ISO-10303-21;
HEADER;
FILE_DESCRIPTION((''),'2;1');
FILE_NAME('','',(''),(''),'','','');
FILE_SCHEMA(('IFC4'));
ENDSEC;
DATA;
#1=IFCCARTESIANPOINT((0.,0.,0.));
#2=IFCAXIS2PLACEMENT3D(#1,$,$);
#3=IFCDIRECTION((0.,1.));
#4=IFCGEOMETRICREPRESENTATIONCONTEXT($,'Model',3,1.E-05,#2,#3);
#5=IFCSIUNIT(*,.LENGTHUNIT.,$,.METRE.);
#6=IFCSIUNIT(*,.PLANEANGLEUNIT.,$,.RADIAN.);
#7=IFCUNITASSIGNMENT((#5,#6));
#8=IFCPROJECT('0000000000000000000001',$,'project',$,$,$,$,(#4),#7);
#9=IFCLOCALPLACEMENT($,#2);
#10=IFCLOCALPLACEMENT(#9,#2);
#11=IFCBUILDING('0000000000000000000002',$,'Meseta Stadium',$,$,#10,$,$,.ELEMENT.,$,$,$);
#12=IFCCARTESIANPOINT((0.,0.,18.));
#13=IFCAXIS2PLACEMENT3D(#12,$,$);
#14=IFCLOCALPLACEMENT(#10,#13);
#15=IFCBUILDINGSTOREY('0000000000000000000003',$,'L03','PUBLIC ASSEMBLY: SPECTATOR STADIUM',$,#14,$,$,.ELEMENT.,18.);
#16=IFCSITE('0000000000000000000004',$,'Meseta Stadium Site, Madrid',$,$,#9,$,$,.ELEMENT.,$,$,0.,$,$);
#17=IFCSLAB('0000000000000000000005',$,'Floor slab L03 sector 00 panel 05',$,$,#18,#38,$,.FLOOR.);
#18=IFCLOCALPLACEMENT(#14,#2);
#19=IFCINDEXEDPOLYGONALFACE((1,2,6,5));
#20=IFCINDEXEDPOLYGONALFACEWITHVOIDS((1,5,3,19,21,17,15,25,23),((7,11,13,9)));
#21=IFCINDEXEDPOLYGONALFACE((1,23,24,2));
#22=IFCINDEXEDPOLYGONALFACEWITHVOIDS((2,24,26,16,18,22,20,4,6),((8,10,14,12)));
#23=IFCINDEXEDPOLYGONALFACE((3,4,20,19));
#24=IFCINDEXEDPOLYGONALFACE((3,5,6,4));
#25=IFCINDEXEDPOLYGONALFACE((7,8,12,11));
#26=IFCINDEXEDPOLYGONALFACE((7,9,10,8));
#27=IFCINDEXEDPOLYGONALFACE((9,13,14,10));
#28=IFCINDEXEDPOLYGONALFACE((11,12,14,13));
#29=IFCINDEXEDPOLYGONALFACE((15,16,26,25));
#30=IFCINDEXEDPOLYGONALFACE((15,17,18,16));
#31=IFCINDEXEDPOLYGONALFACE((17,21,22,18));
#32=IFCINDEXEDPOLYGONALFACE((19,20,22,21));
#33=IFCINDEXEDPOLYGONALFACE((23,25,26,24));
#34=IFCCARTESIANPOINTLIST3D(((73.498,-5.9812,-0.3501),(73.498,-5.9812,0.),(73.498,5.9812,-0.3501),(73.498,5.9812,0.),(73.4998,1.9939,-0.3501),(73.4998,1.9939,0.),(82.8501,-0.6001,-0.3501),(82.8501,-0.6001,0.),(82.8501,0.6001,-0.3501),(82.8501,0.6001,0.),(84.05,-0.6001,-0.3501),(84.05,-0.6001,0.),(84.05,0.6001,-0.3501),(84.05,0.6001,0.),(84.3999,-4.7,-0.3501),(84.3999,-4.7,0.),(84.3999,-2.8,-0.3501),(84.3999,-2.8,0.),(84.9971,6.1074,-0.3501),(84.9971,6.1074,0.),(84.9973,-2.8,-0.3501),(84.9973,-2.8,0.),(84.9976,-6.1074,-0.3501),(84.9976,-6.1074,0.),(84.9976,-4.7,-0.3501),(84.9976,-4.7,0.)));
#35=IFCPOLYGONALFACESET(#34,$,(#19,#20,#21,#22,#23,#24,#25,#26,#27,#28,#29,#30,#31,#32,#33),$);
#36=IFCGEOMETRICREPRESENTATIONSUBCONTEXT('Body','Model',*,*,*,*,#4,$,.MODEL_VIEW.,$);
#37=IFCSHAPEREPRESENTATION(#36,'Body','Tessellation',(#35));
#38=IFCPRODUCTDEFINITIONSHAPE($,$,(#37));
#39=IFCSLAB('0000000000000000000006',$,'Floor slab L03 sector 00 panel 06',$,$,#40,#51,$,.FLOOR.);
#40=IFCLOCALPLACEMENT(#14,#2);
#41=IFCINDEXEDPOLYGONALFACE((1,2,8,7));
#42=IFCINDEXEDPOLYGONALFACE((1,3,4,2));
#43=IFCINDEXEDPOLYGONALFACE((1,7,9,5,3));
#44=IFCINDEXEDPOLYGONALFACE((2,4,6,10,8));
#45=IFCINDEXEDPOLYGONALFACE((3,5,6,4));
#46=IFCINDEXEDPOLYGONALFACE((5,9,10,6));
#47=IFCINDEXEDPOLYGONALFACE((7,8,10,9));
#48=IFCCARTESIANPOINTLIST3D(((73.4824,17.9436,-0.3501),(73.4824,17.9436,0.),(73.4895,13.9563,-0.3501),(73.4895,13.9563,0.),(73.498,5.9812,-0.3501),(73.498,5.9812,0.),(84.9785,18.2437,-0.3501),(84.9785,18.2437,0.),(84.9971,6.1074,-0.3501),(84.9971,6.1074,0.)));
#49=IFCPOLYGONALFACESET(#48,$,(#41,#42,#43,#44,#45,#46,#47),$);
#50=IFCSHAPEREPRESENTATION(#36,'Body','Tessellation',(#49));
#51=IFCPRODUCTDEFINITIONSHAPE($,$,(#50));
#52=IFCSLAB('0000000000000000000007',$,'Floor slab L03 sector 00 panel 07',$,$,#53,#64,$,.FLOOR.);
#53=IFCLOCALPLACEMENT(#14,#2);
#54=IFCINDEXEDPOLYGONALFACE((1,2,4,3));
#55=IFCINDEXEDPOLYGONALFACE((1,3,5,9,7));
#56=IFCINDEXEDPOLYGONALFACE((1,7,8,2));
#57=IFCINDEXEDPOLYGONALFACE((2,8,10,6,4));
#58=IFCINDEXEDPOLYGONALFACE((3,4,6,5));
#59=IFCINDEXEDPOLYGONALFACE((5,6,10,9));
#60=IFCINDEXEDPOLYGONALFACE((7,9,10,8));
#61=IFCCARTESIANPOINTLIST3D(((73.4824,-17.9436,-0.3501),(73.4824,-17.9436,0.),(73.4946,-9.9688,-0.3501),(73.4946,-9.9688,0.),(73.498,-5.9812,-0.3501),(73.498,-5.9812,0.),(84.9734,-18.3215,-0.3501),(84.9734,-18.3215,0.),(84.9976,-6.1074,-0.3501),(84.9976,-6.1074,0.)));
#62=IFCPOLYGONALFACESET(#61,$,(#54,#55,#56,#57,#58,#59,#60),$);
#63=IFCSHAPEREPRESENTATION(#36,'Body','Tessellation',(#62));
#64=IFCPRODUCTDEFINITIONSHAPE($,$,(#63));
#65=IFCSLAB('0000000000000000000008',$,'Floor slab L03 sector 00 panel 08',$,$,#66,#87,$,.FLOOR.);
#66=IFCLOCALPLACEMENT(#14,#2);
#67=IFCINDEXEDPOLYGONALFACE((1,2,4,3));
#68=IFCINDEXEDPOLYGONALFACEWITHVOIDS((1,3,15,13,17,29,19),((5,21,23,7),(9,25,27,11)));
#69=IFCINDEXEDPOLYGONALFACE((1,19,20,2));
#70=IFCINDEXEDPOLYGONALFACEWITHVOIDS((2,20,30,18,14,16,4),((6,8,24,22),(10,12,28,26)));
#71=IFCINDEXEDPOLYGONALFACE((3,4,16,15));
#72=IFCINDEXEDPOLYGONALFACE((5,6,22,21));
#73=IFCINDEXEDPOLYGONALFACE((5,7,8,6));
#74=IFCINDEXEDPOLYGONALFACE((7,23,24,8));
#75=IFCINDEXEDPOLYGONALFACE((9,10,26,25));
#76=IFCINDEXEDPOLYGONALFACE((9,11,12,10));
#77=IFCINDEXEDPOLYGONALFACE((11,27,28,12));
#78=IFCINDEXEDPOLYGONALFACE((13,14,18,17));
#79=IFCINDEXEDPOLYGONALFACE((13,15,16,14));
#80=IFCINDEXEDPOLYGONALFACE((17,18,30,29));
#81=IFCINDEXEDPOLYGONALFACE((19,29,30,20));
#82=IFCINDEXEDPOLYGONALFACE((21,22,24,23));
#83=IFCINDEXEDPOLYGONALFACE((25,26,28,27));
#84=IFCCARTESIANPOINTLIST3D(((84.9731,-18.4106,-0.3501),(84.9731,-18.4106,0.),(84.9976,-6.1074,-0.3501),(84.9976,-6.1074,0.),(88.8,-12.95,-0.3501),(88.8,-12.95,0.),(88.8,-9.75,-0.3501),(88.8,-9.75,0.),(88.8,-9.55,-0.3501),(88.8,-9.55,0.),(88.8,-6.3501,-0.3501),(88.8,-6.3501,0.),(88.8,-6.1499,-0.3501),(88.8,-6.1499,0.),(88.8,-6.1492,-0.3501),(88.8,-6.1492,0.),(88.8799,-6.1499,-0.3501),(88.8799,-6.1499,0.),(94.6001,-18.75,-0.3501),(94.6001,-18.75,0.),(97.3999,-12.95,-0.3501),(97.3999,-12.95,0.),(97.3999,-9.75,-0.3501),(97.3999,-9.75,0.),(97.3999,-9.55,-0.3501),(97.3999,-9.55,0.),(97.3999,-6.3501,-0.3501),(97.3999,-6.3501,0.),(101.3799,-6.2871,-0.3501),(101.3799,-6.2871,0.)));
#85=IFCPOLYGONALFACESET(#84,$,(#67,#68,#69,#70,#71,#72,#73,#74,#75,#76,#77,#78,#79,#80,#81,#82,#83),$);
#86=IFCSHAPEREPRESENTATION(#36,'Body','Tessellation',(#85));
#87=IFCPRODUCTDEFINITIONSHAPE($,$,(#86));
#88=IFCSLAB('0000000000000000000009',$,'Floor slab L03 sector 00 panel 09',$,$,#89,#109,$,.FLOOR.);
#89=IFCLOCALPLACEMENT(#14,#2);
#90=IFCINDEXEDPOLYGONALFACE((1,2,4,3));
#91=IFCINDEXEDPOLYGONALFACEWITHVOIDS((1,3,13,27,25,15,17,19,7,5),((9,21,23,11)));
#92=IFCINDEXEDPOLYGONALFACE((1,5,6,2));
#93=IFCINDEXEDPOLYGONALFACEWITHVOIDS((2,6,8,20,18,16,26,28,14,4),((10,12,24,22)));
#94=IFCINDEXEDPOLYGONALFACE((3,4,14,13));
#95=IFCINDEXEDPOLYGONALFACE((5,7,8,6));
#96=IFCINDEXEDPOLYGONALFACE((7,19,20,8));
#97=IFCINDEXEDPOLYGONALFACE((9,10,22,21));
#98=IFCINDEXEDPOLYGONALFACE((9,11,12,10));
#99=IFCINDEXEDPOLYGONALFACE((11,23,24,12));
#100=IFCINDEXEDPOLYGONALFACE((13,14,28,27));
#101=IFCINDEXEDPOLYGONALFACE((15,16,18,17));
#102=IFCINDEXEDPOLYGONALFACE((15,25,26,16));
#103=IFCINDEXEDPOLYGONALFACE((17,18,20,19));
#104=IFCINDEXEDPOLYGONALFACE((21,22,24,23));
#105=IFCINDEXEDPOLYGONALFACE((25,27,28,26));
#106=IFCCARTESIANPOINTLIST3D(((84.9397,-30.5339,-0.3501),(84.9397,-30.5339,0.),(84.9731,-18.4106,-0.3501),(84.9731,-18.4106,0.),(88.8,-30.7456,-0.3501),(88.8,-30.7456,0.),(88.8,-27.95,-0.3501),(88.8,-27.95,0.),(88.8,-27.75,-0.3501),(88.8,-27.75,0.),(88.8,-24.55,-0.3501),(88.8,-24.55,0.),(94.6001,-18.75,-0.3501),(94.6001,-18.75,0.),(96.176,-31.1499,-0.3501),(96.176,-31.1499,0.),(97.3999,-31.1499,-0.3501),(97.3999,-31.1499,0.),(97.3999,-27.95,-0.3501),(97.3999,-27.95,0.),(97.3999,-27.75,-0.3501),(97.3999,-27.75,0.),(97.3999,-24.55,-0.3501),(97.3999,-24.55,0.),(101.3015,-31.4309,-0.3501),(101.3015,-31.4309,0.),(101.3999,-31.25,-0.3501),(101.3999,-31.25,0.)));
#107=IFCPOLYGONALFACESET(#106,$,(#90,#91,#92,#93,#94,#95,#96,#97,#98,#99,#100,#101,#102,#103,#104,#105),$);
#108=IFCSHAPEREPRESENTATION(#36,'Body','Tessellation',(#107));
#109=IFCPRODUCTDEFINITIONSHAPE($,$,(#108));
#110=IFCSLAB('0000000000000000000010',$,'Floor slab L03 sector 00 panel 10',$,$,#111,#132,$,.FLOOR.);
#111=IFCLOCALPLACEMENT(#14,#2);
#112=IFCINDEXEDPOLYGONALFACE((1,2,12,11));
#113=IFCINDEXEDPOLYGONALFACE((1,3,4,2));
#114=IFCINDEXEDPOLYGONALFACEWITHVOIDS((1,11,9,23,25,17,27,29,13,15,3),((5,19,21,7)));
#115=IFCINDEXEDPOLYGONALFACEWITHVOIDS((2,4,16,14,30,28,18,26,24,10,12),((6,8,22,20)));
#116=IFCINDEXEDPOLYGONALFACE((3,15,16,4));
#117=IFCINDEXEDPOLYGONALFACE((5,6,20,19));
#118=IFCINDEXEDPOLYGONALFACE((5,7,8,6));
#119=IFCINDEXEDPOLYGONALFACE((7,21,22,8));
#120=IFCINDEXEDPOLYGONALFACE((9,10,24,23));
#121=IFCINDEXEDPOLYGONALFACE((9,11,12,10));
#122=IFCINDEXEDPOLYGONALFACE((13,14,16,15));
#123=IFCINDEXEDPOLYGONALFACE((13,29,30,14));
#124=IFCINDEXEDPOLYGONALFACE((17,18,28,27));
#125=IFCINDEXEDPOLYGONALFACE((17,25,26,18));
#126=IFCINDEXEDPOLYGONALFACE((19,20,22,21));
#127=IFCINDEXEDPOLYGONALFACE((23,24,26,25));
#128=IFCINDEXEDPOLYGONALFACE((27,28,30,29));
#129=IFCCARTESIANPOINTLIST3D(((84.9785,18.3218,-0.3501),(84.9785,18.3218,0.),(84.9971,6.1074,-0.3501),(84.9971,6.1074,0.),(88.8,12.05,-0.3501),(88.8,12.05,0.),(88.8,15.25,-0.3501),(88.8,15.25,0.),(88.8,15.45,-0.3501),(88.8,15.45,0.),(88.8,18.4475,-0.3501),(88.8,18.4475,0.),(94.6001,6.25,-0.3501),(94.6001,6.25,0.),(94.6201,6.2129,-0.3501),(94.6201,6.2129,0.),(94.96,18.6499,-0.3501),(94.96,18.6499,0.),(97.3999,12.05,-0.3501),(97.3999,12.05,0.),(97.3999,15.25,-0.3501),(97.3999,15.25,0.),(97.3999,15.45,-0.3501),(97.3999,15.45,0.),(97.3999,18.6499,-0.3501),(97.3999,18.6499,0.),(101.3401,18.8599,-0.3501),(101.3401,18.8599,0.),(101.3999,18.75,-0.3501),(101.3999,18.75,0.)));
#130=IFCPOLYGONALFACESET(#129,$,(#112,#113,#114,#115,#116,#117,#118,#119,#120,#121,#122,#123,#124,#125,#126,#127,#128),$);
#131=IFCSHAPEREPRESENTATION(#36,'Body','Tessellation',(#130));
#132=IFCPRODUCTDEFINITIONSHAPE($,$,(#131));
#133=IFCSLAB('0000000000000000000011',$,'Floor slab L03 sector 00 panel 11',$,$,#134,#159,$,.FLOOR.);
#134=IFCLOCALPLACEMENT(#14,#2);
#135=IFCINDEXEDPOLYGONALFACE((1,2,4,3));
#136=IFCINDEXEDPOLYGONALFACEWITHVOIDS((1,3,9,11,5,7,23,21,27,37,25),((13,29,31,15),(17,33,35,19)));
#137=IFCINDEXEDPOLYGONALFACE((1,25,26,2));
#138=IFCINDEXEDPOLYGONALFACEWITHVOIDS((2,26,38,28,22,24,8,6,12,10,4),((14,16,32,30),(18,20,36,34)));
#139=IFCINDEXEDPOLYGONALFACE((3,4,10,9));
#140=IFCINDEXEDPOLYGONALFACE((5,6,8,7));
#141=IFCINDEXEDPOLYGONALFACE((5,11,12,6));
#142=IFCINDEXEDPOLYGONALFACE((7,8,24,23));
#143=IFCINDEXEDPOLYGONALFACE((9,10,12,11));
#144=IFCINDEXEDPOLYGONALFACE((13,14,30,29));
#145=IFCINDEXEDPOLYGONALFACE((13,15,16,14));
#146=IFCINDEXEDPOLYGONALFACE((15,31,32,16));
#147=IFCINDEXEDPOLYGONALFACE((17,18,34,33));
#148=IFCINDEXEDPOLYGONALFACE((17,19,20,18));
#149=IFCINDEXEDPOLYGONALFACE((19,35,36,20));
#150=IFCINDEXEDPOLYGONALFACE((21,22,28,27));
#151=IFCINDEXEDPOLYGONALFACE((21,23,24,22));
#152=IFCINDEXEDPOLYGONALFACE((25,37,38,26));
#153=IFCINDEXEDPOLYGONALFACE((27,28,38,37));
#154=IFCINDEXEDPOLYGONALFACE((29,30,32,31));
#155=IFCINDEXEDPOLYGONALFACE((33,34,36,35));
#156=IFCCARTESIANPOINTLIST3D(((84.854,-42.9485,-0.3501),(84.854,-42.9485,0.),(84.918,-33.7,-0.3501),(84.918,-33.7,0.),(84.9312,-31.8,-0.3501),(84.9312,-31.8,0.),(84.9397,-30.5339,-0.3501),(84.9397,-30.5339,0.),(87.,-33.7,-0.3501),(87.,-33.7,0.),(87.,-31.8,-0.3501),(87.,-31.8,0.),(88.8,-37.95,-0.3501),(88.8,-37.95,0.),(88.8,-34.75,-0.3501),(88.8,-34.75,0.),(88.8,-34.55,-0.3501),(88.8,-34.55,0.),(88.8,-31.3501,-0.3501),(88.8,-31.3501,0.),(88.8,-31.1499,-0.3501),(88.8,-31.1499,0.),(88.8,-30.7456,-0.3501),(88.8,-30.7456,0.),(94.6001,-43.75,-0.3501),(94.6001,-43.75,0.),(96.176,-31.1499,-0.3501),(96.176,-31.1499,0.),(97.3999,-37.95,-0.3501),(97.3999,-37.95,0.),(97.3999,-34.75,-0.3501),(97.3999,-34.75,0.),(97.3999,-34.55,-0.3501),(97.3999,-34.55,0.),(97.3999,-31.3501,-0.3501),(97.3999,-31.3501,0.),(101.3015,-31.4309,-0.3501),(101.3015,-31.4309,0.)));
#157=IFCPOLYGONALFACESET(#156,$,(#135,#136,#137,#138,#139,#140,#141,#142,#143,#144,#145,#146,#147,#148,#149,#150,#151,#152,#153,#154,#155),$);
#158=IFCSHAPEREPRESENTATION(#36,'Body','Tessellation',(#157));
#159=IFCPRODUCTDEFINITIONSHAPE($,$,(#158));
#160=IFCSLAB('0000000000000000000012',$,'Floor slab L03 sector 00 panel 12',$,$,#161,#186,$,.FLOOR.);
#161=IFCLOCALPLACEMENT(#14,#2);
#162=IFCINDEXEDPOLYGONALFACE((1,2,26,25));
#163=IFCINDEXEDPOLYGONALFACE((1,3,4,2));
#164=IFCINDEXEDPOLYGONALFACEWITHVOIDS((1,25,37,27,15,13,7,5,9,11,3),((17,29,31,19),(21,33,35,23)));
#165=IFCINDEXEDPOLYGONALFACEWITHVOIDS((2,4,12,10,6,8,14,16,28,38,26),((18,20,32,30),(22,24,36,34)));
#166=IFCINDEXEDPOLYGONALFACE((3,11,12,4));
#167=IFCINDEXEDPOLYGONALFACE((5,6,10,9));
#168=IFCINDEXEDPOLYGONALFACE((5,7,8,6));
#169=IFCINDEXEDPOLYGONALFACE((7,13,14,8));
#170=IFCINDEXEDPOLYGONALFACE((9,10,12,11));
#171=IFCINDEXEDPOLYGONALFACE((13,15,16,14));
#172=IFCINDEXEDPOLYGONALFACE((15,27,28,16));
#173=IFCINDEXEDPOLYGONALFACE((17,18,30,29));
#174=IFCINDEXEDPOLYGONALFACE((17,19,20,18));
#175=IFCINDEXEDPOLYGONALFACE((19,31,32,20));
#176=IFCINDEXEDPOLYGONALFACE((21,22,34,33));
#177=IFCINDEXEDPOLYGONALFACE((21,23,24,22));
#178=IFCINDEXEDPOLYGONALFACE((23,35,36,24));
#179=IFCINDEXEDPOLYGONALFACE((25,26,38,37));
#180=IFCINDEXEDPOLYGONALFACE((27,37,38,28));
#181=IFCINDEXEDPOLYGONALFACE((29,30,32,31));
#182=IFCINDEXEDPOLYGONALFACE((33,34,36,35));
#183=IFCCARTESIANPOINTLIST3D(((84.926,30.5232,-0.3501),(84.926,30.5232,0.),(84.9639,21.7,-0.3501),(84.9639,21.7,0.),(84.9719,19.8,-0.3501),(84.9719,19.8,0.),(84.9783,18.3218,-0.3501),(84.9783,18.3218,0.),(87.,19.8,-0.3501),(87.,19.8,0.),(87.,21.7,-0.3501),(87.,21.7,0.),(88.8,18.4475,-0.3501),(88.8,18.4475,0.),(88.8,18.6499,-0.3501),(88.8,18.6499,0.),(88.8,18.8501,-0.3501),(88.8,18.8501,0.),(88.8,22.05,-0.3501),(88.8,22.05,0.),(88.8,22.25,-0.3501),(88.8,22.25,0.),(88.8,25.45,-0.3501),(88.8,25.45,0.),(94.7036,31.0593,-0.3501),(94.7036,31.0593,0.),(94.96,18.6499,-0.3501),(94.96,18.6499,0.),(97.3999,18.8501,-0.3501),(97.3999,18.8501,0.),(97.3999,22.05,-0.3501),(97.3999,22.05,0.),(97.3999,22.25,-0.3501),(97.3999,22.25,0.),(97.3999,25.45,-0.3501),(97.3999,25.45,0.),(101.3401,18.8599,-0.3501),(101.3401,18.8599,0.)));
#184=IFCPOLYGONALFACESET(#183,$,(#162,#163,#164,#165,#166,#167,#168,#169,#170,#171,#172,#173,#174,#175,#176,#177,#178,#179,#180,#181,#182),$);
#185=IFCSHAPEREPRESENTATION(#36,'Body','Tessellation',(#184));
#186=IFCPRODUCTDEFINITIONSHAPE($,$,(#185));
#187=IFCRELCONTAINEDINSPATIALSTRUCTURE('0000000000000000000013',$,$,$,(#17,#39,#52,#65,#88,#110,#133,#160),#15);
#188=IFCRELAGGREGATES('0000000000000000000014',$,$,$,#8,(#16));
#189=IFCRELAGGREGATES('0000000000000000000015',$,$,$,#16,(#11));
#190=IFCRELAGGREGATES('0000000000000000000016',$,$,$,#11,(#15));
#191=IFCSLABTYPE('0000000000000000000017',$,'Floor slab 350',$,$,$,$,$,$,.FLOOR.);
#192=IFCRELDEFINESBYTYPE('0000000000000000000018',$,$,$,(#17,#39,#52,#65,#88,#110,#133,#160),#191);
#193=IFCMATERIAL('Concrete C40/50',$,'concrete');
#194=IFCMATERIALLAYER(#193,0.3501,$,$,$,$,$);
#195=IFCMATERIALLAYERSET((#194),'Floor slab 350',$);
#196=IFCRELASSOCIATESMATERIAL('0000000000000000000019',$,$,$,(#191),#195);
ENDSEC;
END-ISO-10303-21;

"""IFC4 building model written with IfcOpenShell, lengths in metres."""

from ifc_helpers import new_model, si_unit, direction, frame, origin, place, context, subcontext, project, spatial, polyline, outline, extrude, material, layer, layer_set, type_object, element, save


model = new_model("IFC4")

# Units and contexts
model_context = context("Model", 3, precision=1e-05, world=origin(), true_north=direction((0.0, 1.0)))
body_context = subcontext(model_context, "Body", "Model", "MODEL_VIEW")
ifc_project = project(units=[si_unit("LENGTHUNIT", "METRE"), si_unit("PLANEANGLEUNIT", "RADIAN")], contexts=[model_context])

# Site, building, storey
site_placement = place(None, origin())
site = spatial("IfcSite", under=ifc_project, at=site_placement, Name="Meseta Stadium Site, Madrid", CompositionType="ELEMENT", RefElevation=0.0)
building_placement = place(site_placement, origin())
building = spatial("IfcBuilding", under=site, at=building_placement, Name="Meseta Stadium", CompositionType="ELEMENT")
storey_placement = place(building_placement, frame((0.0, 0.0, 18.0)))
storey = spatial("IfcBuildingStorey", under=building, at=storey_placement, Name="L03", Description="PUBLIC ASSEMBLY: SPECTATOR STADIUM", CompositionType="ELEMENT", Elevation=18.0)

# Slabs
ifc_material_1 = material(Name="Concrete C40/50", Category="concrete")
ifc_layer_1 = layer(ifc_material_1, 0.3501)
ifc_layer_set_1 = layer_set([ifc_layer_1], Name="Floor slab 350")
slab_type = type_object("IfcSlabType", Name="Floor slab 350", PredefinedType="FLOOR", material=ifc_layer_set_1)
slab_1_placement = place(storey_placement, frame((0.0, 0.0, -0.3501)))
element("IfcSlab", 1, at=slab_1_placement, inside=storey, type_object=slab_type, Name="Floor slab L03 sector 00 panel 05", PredefinedType="FLOOR", context=body_context, shape_type="SweptSolid", body=[
    extrude(outline(polyline([(84.9971, 6.1074), (73.498, 5.9812), (73.4998, 1.9939), (73.498, -5.9812), (84.9976, -6.1074), (84.9976, -4.7), (84.3999, -4.7), (84.3999, -2.8), (84.9973, -2.8), (84.9971, 6.1074)]), holes=[polyline([(82.8501, 0.6001), (84.05, 0.6001), (84.05, -0.6001), (82.8501, -0.6001), (82.8501, 0.6001)])]), origin(), (0.0, 0.0, 1.0), 0.3501),
])
slab_2_placement = place(storey_placement, frame((0.0, 0.0, -0.3501)))
element("IfcSlab", 2, at=slab_2_placement, inside=storey, type_object=slab_type, Name="Floor slab L03 sector 00 panel 06", PredefinedType="FLOOR", context=body_context, shape_type="SweptSolid", body=[
    extrude(outline(polyline([(84.9785, 18.2437), (73.4824, 17.9436), (73.4895, 13.9563), (73.498, 5.9812), (84.9971, 6.1074), (84.9785, 18.2437)])), origin(), (0.0, 0.0, 1.0), 0.3501),
])
slab_3_placement = place(storey_placement, frame((0.0, 0.0, -0.3501)))
element("IfcSlab", 3, at=slab_3_placement, inside=storey, type_object=slab_type, Name="Floor slab L03 sector 00 panel 07", PredefinedType="FLOOR", context=body_context, shape_type="SweptSolid", body=[
    extrude(outline(polyline([(73.4946, -9.9688), (73.4824, -17.9436), (84.9734, -18.3215), (84.9976, -6.1074), (73.498, -5.9812), (73.4946, -9.9688)])), origin(), (0.0, 0.0, 1.0), 0.3501),
])
slab_4_placement = place(storey_placement, frame((0.0, 0.0, -0.3501)))
element("IfcSlab", 4, at=slab_4_placement, inside=storey, type_object=slab_type, Name="Floor slab L03 sector 00 panel 08", PredefinedType="FLOOR", context=body_context, shape_type="SweptSolid", body=[
    extrude(outline(polyline([(84.9731, -18.4106), (94.6001, -18.75), (101.3799, -6.2871), (88.8799, -6.1499), (88.8, -6.1499), (88.8, -6.1492), (84.9976, -6.1074), (84.9731, -18.4106)]), holes=[polyline([(97.3999, -9.75), (97.3999, -12.95), (88.8, -12.95), (88.8, -9.75), (97.3999, -9.75)]), polyline([(97.3999, -6.3501), (97.3999, -9.55), (88.8, -9.55), (88.8, -6.3501), (97.3999, -6.3501)])]), origin(), (0.0, 0.0, 1.0), 0.3501),
])
slab_5_placement = place(storey_placement, frame((0.0, 0.0, -0.3501)))
element("IfcSlab", 5, at=slab_5_placement, inside=storey, type_object=slab_type, Name="Floor slab L03 sector 00 panel 09", PredefinedType="FLOOR", context=body_context, shape_type="SweptSolid", body=[
    extrude(outline(polyline([(96.176, -31.1499), (101.3015, -31.4309), (101.3999, -31.25), (94.6001, -18.75), (84.9731, -18.4106), (84.9397, -30.5339), (88.8, -30.7456), (88.8, -27.95), (97.3999, -27.95), (97.3999, -31.1499), (96.176, -31.1499)]), holes=[polyline([(97.3999, -27.75), (88.8, -27.75), (88.8, -24.55), (97.3999, -24.55), (97.3999, -27.75)])]), origin(), (0.0, 0.0, 1.0), 0.3501),
])
slab_6_placement = place(storey_placement, frame((0.0, 0.0, -0.3501)))
element("IfcSlab", 6, at=slab_6_placement, inside=storey, type_object=slab_type, Name="Floor slab L03 sector 00 panel 10", PredefinedType="FLOOR", context=body_context, shape_type="SweptSolid", body=[
    extrude(outline(polyline([(84.9971, 6.1074), (94.6201, 6.2129), (94.6001, 6.25), (101.3999, 18.75), (101.3401, 18.8599), (94.96, 18.6499), (97.3999, 18.6499), (97.3999, 15.45), (88.8, 15.45), (88.8, 18.4475), (84.9785, 18.3218), (84.9971, 6.1074)]), holes=[polyline([(97.3999, 12.05), (88.8, 12.05), (88.8, 15.25), (97.3999, 15.25), (97.3999, 12.05)])]), origin(), (0.0, 0.0, 1.0), 0.3501),
])
slab_7_placement = place(storey_placement, frame((0.0, 0.0, -0.3501)))
element("IfcSlab", 7, at=slab_7_placement, inside=storey, type_object=slab_type, Name="Floor slab L03 sector 00 panel 11", PredefinedType="FLOOR", context=body_context, shape_type="SweptSolid", body=[
    extrude(outline(polyline([(84.918, -33.7), (84.854, -42.9485), (94.6001, -43.75), (101.3015, -31.4309), (96.176, -31.1499), (88.8, -31.1499), (88.8, -30.7456), (84.9397, -30.5339), (84.9312, -31.8), (87.0, -31.8), (87.0, -33.7), (84.918, -33.7)]), holes=[polyline([(88.8, -34.75), (97.3999, -34.75), (97.3999, -37.95), (88.8, -37.95), (88.8, -34.75)]), polyline([(88.8, -31.3501), (97.3999, -31.3501), (97.3999, -34.55), (88.8, -34.55), (88.8, -31.3501)])]), origin(), (0.0, 0.0, 1.0), 0.3501),
])
slab_8_placement = place(storey_placement, frame((0.0, 0.0, -0.3501)))
element("IfcSlab", 8, at=slab_8_placement, inside=storey, type_object=slab_type, Name="Floor slab L03 sector 00 panel 12", PredefinedType="FLOOR", context=body_context, shape_type="SweptSolid", body=[
    extrude(outline(polyline([(94.7036, 31.0593), (84.926, 30.5232), (84.9639, 21.7), (87.0, 21.7), (87.0, 19.8), (84.9719, 19.8), (84.9783, 18.3218), (88.8, 18.4475), (88.8, 18.6499), (94.96, 18.6499), (101.3401, 18.8599), (94.7036, 31.0593)]), holes=[polyline([(97.3999, 18.8501), (88.8, 18.8501), (88.8, 22.05), (97.3999, 22.05), (97.3999, 18.8501)]), polyline([(88.8, 22.25), (88.8, 25.45), (97.3999, 25.45), (97.3999, 22.25), (88.8, 22.25)])]), origin(), (0.0, 0.0, 1.0), 0.3501),
])

save(model, "model.ifc")
